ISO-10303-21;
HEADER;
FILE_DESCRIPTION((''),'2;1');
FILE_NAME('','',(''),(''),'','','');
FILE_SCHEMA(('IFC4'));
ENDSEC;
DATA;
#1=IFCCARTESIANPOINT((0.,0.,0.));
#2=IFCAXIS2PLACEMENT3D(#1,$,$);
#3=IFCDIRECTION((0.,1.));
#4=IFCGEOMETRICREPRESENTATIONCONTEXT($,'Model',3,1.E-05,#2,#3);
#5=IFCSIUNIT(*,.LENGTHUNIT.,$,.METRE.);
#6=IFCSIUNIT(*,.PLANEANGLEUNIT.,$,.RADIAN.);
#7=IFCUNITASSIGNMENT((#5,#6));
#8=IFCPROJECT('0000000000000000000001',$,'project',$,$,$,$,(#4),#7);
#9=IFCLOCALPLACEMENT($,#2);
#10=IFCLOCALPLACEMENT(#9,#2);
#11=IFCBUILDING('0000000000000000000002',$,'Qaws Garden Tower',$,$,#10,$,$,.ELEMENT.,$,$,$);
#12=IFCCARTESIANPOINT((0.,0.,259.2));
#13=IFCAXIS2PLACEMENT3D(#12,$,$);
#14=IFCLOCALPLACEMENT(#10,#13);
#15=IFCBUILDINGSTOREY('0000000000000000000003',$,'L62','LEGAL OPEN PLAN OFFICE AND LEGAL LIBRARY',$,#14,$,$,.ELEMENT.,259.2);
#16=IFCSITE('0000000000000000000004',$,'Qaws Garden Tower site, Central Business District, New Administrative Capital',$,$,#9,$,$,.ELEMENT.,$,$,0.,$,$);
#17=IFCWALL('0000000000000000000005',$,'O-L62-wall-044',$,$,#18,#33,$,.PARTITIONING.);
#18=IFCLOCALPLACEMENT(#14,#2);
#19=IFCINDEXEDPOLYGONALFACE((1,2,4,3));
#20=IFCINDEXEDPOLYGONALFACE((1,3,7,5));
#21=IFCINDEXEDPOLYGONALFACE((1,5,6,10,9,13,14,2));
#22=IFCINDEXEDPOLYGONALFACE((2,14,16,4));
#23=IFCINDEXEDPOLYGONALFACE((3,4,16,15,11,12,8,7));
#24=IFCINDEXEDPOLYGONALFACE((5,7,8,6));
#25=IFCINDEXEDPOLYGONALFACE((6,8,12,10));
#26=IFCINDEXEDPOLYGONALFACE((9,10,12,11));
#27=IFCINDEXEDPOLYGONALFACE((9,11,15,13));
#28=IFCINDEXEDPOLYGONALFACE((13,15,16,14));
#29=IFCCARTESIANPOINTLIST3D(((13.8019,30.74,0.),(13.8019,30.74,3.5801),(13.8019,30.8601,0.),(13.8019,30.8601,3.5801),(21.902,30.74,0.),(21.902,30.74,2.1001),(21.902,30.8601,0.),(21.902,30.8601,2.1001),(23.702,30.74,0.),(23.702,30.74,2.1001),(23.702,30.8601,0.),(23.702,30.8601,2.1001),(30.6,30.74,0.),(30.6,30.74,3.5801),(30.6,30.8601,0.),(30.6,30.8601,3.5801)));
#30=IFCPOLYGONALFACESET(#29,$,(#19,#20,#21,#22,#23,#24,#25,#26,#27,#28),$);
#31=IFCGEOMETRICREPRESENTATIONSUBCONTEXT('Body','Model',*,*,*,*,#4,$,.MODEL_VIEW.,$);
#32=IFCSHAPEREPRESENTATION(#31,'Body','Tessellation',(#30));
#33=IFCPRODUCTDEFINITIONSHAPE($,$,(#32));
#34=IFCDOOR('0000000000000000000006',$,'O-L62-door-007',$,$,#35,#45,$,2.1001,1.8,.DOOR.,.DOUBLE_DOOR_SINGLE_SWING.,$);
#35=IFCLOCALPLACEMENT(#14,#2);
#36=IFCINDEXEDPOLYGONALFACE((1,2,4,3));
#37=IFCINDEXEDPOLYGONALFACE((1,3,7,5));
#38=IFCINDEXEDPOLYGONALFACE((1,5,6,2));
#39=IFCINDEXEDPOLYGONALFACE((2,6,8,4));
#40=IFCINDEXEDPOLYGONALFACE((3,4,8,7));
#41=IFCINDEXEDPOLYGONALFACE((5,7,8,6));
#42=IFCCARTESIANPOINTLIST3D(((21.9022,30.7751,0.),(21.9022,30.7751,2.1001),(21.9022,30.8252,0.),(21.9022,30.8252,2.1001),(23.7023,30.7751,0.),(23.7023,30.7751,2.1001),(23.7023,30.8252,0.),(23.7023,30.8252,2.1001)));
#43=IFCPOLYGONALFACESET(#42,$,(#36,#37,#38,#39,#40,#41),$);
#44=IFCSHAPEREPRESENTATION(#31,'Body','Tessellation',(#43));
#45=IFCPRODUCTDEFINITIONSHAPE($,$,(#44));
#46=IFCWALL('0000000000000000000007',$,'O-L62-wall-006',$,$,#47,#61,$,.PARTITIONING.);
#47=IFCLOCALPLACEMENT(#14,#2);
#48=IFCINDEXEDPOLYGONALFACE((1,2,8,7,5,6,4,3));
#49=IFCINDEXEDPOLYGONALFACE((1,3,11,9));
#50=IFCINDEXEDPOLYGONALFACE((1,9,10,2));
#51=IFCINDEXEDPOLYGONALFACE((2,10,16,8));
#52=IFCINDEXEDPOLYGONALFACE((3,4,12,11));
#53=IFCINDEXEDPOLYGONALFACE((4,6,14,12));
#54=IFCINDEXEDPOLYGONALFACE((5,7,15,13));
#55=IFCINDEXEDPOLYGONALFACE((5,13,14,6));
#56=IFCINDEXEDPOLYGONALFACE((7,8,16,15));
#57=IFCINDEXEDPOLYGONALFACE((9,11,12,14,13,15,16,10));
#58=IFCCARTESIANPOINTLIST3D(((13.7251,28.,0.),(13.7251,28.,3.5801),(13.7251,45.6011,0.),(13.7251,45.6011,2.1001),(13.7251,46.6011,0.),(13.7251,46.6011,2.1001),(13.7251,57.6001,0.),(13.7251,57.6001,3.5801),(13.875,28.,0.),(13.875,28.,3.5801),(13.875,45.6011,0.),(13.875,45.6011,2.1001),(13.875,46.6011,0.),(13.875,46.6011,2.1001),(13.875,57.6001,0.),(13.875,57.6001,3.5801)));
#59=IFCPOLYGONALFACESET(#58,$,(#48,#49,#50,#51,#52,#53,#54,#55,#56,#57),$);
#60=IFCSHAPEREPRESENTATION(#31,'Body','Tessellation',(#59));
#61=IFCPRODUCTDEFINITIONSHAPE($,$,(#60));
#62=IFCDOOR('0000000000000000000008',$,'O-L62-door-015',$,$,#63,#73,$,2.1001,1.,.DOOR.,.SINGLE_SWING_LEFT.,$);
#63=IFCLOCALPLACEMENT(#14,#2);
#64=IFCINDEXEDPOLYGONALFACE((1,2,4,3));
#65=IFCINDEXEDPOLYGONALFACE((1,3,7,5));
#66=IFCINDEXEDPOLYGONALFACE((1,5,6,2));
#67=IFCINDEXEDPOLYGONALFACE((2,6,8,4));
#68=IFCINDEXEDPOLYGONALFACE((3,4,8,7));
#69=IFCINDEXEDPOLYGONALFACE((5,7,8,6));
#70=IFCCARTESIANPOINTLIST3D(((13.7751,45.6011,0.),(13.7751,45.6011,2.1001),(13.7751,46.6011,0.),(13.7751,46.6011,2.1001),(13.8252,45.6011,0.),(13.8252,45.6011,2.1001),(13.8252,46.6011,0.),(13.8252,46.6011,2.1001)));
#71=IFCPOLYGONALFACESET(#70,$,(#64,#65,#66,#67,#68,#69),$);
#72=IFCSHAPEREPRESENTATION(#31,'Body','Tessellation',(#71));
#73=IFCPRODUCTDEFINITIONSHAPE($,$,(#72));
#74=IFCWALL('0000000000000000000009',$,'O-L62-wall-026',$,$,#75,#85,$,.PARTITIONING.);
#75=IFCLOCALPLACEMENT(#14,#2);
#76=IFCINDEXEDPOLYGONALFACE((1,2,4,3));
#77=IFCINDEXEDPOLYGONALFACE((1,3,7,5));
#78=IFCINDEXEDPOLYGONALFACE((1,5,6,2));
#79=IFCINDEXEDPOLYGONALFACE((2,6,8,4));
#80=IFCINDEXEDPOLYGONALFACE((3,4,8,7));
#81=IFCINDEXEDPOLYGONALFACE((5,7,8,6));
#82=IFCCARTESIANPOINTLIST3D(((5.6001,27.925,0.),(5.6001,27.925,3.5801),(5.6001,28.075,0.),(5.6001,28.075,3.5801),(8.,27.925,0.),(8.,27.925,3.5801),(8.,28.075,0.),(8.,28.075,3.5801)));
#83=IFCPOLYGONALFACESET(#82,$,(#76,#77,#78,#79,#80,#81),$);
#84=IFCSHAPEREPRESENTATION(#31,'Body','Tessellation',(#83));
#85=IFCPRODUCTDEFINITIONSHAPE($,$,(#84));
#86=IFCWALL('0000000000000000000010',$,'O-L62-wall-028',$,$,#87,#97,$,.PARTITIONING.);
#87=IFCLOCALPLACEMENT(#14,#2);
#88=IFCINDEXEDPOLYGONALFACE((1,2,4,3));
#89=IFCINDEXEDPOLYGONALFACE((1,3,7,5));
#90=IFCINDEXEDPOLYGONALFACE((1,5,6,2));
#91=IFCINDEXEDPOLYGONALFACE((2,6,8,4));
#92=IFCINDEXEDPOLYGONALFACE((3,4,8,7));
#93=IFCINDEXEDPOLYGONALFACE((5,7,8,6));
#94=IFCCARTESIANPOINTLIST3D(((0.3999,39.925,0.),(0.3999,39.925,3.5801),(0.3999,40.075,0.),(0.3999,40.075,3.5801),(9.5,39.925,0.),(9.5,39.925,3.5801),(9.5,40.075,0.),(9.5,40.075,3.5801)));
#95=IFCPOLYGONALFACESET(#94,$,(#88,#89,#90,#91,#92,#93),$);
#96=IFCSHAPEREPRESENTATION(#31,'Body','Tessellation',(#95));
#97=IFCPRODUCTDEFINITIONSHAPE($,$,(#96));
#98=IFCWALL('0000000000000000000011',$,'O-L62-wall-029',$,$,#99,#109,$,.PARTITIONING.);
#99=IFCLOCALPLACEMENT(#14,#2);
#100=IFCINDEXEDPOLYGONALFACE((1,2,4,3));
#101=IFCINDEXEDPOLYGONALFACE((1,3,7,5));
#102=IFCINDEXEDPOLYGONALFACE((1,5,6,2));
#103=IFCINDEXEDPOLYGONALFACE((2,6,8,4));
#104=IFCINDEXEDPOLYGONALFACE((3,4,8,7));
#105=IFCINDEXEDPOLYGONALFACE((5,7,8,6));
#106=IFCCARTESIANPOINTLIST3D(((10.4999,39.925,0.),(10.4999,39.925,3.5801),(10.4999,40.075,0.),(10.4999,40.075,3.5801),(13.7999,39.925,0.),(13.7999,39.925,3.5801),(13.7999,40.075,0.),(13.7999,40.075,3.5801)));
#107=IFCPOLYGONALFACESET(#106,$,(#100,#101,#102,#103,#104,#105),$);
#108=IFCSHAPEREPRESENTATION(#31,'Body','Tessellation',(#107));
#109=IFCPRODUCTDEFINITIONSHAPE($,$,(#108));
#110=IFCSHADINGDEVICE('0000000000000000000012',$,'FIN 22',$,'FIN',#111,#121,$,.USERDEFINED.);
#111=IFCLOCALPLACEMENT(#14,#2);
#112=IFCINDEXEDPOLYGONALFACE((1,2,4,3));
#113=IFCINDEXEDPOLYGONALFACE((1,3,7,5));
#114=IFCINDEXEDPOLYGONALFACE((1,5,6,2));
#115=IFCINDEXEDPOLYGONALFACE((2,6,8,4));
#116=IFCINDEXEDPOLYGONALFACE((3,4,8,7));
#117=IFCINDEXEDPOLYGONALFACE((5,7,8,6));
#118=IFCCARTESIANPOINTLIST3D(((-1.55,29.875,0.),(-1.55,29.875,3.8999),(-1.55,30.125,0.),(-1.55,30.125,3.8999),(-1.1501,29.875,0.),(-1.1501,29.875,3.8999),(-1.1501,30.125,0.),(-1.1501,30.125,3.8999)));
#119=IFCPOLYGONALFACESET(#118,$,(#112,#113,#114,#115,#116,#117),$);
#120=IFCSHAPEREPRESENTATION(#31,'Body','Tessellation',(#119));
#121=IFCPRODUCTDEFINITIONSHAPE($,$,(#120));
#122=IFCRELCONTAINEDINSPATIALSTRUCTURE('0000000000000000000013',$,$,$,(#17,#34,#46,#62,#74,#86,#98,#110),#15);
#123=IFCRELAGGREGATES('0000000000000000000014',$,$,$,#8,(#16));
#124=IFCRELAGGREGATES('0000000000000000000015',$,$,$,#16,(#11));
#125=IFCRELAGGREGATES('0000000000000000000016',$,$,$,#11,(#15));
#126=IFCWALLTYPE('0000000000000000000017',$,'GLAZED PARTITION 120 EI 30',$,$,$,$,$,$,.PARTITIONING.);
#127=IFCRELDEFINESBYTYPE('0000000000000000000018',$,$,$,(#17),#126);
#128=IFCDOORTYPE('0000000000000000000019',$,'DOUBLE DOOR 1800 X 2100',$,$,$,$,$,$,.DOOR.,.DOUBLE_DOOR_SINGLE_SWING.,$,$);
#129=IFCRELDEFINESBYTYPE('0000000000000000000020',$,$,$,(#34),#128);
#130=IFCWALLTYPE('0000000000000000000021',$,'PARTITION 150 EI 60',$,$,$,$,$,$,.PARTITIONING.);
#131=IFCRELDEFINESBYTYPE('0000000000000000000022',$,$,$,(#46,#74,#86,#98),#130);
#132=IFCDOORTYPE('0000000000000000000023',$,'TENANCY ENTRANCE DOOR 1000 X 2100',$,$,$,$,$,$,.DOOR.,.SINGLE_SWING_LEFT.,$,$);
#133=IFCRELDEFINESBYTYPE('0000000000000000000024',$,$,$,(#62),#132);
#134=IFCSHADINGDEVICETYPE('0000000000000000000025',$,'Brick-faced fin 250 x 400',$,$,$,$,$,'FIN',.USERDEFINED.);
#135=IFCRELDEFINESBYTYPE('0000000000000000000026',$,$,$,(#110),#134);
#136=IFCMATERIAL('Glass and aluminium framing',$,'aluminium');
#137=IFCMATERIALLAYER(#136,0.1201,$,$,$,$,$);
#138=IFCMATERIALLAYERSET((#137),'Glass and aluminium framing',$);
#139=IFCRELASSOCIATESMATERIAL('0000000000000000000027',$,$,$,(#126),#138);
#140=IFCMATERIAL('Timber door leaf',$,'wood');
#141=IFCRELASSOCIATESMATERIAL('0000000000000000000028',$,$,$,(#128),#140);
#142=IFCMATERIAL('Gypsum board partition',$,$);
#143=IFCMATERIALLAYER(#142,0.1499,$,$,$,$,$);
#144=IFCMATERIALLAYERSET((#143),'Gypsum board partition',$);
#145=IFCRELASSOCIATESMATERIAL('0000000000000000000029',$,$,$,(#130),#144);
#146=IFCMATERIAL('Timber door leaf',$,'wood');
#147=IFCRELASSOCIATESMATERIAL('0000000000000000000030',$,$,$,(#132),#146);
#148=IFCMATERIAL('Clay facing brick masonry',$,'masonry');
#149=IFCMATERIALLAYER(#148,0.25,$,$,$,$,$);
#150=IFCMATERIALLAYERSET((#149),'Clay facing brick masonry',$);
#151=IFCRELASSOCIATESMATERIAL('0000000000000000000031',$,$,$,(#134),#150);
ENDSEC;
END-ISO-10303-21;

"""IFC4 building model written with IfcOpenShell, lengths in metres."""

from ifc_helpers import new_model, si_unit, direction, frame, frame_2d, origin, origin_2d, place, context, subcontext, project, spatial, rectangle, extrude, material, layer, layer_set, type_object, element, fill, save


model = new_model("IFC4")

# Units and contexts
model_context = context("Model", 3, precision=1e-05, world=origin(), true_north=direction((0.0, 1.0)))
body_context = subcontext(model_context, "Body", "Model", "MODEL_VIEW")
ifc_project = project(units=[si_unit("LENGTHUNIT", "METRE"), si_unit("PLANEANGLEUNIT", "RADIAN")], contexts=[model_context])

# Site, building, storey
site_placement = place(None, origin())
site = spatial("IfcSite", under=ifc_project, at=site_placement, Name="Qaws Garden Tower site, Central Business District, New Administrative Capital", CompositionType="ELEMENT", RefElevation=0.0)
building_placement = place(site_placement, origin())
building = spatial("IfcBuilding", under=site, at=building_placement, Name="Qaws Garden Tower", CompositionType="ELEMENT")
storey_placement = place(building_placement, frame((0.0, 0.0, 259.2)))
storey = spatial("IfcBuildingStorey", under=building, at=storey_placement, Name="L62", Description="LEGAL OPEN PLAN OFFICE AND LEGAL LIBRARY", CompositionType="ELEMENT", Elevation=259.2)

# Walls, openings, doors
ifc_material_1 = material(Name="Glass and aluminium framing", Category="aluminium")
ifc_layer_1 = layer(ifc_material_1, 0.1201)
ifc_layer_set_1 = layer_set([ifc_layer_1], Name="Glass and aluminium framing")
wall_type_1 = type_object("IfcWallType", Name="GLAZED PARTITION 120 EI 30", PredefinedType="PARTITIONING", material=ifc_layer_set_1)
ifc_material_2 = material(Name="Timber door leaf", Category="wood")
door_type_1 = type_object("IfcDoorType", Name="DOUBLE DOOR 1800 X 2100", OperationType="DOUBLE_DOOR_SINGLE_SWING", PredefinedType="DOOR", material=ifc_material_2)
wall_1_placement = place(storey_placement, frame((13.802, 30.8, 0.0), z_axis=(0.0, 0.0, 1.0), x_axis=(1.0, 0.0, 0.0)))
wall_1 = element("IfcWall", 1, at=wall_1_placement, inside=storey, type_object=wall_type_1, Name="O-L62-wall-044", PredefinedType="PARTITIONING", context=body_context, shape_type="SweptSolid", body=[
    extrude(rectangle(XDim=16.7981, YDim=0.1201, at=frame_2d((8.3989, 0.0))), origin(), (0.0, 0.0, 1.0), 3.5801),
])
opening_1_placement = place(wall_1_placement, frame((8.1001, 0.0, 0.0)))
opening_1 = element("IfcOpeningElement", 2, at=opening_1_placement, cuts=wall_1, PredefinedType="OPENING", context=body_context, shape_type="SweptSolid", body=[
    extrude(rectangle(XDim=1.8, YDim=2.1001, at=frame_2d((0.8999, 1.05))), frame((0.0, 0.0701, 0.0), z_axis=(0.0, -1.0, 0.0), x_axis=(1.0, 0.0, 0.0)), (0.0, 0.0, 1.0), 0.1401),
])
door_1_placement = place(opening_1_placement, frame((1.8, 0.0, 0.0), z_axis=(0.0, 0.0, 1.0), x_axis=(-1.0, 0.0, 0.0)))
door_1 = element("IfcDoor", 3, at=door_1_placement, inside=storey, type_object=door_type_1, Name="O-L62-door-007", OperationType="DOUBLE_DOOR_SINGLE_SWING", OverallHeight=2.1001, OverallWidth=1.8, PredefinedType="DOOR", context=body_context, shape_type="SweptSolid", body=[
    extrude(rectangle(XDim=1.8, YDim=2.1001, at=frame_2d((0.8999, 1.05))), frame((0.0, 0.0249, 0.0), z_axis=(0.0, -1.0, 0.0), x_axis=(1.0, 0.0, 0.0)), (0.0, 0.0, 1.0), 0.05),
])
fill(opening_1, door_1)
ifc_material_3 = material(Name="Gypsum board partition")
ifc_layer_2 = layer(ifc_material_3, 0.1499)
ifc_layer_set_2 = layer_set([ifc_layer_2], Name="Gypsum board partition")
wall_type_2 = type_object("IfcWallType", Name="PARTITION 150 EI 60", PredefinedType="PARTITIONING", material=ifc_layer_set_2)
wall_2_placement = place(storey_placement, frame((13.8, 28.0, 0.0), z_axis=(0.0, 0.0, 1.0), x_axis=(0.0, 1.0, 0.0)))
wall_2 = element("IfcWall", 4, at=wall_2_placement, inside=storey, type_object=wall_type_2, Name="O-L62-wall-006", PredefinedType="PARTITIONING", context=body_context, shape_type="SweptSolid", body=[
    extrude(rectangle(XDim=29.6001, YDim=0.1499, at=frame_2d((14.8, 0.0))), origin(), (0.0, 0.0, 1.0), 3.5801),
])
opening_2_placement = place(wall_2_placement, frame((17.6011, 0.0, 0.0)))
opening_2 = element("IfcOpeningElement", 5, at=opening_2_placement, cuts=wall_2, PredefinedType="OPENING", context=body_context, shape_type="SweptSolid", body=[
    extrude(rectangle(XDim=1.0, YDim=2.1001, at=frame_2d((0.5, 1.05))), frame((0.0, 0.085, 0.0), z_axis=(0.0, -1.0, 0.0), x_axis=(1.0, 0.0, 0.0)), (0.0, 0.0, 1.0), 0.1699),
])
ifc_material_4 = material(Name="Timber door leaf", Category="wood")
door_type_2 = type_object("IfcDoorType", Name="TENANCY ENTRANCE DOOR 1000 X 2100", OperationType="SINGLE_SWING_LEFT", PredefinedType="DOOR", material=ifc_material_4)
door_2_placement = place(opening_2_placement, origin())
door_2 = element("IfcDoor", 6, at=door_2_placement, inside=storey, type_object=door_type_2, Name="O-L62-door-015", OperationType="SINGLE_SWING_LEFT", OverallHeight=2.1001, OverallWidth=1.0, PredefinedType="DOOR", context=body_context, shape_type="SweptSolid", body=[
    extrude(rectangle(XDim=1.0, YDim=2.1001, at=frame_2d((0.5, 1.05))), frame((0.0, 0.0249, 0.0), z_axis=(0.0, -1.0, 0.0), x_axis=(1.0, 0.0, 0.0)), (0.0, 0.0, 1.0), 0.05),
])
fill(opening_2, door_2)

# Walls
wall_3_placement = place(storey_placement, frame((5.6001, 28.0, 0.0), z_axis=(0.0, 0.0, 1.0), x_axis=(1.0, 0.0, 0.0)))
element("IfcWall", 7, at=wall_3_placement, inside=storey, type_object=wall_type_2, Name="O-L62-wall-026", PredefinedType="PARTITIONING", context=body_context, shape_type="SweptSolid", body=[
    extrude(rectangle(XDim=2.3999, YDim=0.1499, at=frame_2d((1.2, 0.0))), origin(), (0.0, 0.0, 1.0), 3.5801),
])
wall_4_placement = place(storey_placement, frame((0.3999, 40.0, 0.0), z_axis=(0.0, 0.0, 1.0), x_axis=(1.0, 0.0, 0.0)))
element("IfcWall", 8, at=wall_4_placement, inside=storey, type_object=wall_type_2, Name="O-L62-wall-028", PredefinedType="PARTITIONING", context=body_context, shape_type="SweptSolid", body=[
    extrude(rectangle(XDim=9.1001, YDim=0.1499, at=frame_2d((4.55, 0.0))), origin(), (0.0, 0.0, 1.0), 3.5801),
])
wall_5_placement = place(storey_placement, frame((10.5, 40.0, 0.0), z_axis=(0.0, 0.0, 1.0), x_axis=(1.0, 0.0, 0.0)))
element("IfcWall", 9, at=wall_5_placement, inside=storey, type_object=wall_type_2, Name="O-L62-wall-029", PredefinedType="PARTITIONING", context=body_context, shape_type="SweptSolid", body=[
    extrude(rectangle(XDim=3.3, YDim=0.1499, at=frame_2d((1.6499, 0.0))), origin(), (0.0, 0.0, 1.0), 3.5801),
])

# Shading device
ifc_material_5 = material(Name="Clay facing brick masonry", Category="masonry")
ifc_layer_3 = layer(ifc_material_5, 0.25)
ifc_layer_set_3 = layer_set([ifc_layer_3], Name="Clay facing brick masonry")
shading_device_type = type_object("IfcShadingDeviceType", Name="Brick-faced fin 250 x 400", ElementType="FIN", PredefinedType="USERDEFINED", material=ifc_layer_set_3)
shading_device_placement = place(storey_placement, frame((-1.3501, 30.0, 0.0), z_axis=(0.0, 0.0, 1.0), x_axis=(0.0, -1.0, 0.0)))
element("IfcShadingDevice", 10, at=shading_device_placement, inside=storey, type_object=shading_device_type, Name="FIN 22", ObjectType="FIN", PredefinedType="USERDEFINED", context=body_context, shape_type="SweptSolid", body=[
    extrude(rectangle(XDim=0.25, YDim=0.3999, at=origin_2d()), origin(), (0.0, 0.0, 1.0), 3.8999),
])

save(model, "model.ifc")
